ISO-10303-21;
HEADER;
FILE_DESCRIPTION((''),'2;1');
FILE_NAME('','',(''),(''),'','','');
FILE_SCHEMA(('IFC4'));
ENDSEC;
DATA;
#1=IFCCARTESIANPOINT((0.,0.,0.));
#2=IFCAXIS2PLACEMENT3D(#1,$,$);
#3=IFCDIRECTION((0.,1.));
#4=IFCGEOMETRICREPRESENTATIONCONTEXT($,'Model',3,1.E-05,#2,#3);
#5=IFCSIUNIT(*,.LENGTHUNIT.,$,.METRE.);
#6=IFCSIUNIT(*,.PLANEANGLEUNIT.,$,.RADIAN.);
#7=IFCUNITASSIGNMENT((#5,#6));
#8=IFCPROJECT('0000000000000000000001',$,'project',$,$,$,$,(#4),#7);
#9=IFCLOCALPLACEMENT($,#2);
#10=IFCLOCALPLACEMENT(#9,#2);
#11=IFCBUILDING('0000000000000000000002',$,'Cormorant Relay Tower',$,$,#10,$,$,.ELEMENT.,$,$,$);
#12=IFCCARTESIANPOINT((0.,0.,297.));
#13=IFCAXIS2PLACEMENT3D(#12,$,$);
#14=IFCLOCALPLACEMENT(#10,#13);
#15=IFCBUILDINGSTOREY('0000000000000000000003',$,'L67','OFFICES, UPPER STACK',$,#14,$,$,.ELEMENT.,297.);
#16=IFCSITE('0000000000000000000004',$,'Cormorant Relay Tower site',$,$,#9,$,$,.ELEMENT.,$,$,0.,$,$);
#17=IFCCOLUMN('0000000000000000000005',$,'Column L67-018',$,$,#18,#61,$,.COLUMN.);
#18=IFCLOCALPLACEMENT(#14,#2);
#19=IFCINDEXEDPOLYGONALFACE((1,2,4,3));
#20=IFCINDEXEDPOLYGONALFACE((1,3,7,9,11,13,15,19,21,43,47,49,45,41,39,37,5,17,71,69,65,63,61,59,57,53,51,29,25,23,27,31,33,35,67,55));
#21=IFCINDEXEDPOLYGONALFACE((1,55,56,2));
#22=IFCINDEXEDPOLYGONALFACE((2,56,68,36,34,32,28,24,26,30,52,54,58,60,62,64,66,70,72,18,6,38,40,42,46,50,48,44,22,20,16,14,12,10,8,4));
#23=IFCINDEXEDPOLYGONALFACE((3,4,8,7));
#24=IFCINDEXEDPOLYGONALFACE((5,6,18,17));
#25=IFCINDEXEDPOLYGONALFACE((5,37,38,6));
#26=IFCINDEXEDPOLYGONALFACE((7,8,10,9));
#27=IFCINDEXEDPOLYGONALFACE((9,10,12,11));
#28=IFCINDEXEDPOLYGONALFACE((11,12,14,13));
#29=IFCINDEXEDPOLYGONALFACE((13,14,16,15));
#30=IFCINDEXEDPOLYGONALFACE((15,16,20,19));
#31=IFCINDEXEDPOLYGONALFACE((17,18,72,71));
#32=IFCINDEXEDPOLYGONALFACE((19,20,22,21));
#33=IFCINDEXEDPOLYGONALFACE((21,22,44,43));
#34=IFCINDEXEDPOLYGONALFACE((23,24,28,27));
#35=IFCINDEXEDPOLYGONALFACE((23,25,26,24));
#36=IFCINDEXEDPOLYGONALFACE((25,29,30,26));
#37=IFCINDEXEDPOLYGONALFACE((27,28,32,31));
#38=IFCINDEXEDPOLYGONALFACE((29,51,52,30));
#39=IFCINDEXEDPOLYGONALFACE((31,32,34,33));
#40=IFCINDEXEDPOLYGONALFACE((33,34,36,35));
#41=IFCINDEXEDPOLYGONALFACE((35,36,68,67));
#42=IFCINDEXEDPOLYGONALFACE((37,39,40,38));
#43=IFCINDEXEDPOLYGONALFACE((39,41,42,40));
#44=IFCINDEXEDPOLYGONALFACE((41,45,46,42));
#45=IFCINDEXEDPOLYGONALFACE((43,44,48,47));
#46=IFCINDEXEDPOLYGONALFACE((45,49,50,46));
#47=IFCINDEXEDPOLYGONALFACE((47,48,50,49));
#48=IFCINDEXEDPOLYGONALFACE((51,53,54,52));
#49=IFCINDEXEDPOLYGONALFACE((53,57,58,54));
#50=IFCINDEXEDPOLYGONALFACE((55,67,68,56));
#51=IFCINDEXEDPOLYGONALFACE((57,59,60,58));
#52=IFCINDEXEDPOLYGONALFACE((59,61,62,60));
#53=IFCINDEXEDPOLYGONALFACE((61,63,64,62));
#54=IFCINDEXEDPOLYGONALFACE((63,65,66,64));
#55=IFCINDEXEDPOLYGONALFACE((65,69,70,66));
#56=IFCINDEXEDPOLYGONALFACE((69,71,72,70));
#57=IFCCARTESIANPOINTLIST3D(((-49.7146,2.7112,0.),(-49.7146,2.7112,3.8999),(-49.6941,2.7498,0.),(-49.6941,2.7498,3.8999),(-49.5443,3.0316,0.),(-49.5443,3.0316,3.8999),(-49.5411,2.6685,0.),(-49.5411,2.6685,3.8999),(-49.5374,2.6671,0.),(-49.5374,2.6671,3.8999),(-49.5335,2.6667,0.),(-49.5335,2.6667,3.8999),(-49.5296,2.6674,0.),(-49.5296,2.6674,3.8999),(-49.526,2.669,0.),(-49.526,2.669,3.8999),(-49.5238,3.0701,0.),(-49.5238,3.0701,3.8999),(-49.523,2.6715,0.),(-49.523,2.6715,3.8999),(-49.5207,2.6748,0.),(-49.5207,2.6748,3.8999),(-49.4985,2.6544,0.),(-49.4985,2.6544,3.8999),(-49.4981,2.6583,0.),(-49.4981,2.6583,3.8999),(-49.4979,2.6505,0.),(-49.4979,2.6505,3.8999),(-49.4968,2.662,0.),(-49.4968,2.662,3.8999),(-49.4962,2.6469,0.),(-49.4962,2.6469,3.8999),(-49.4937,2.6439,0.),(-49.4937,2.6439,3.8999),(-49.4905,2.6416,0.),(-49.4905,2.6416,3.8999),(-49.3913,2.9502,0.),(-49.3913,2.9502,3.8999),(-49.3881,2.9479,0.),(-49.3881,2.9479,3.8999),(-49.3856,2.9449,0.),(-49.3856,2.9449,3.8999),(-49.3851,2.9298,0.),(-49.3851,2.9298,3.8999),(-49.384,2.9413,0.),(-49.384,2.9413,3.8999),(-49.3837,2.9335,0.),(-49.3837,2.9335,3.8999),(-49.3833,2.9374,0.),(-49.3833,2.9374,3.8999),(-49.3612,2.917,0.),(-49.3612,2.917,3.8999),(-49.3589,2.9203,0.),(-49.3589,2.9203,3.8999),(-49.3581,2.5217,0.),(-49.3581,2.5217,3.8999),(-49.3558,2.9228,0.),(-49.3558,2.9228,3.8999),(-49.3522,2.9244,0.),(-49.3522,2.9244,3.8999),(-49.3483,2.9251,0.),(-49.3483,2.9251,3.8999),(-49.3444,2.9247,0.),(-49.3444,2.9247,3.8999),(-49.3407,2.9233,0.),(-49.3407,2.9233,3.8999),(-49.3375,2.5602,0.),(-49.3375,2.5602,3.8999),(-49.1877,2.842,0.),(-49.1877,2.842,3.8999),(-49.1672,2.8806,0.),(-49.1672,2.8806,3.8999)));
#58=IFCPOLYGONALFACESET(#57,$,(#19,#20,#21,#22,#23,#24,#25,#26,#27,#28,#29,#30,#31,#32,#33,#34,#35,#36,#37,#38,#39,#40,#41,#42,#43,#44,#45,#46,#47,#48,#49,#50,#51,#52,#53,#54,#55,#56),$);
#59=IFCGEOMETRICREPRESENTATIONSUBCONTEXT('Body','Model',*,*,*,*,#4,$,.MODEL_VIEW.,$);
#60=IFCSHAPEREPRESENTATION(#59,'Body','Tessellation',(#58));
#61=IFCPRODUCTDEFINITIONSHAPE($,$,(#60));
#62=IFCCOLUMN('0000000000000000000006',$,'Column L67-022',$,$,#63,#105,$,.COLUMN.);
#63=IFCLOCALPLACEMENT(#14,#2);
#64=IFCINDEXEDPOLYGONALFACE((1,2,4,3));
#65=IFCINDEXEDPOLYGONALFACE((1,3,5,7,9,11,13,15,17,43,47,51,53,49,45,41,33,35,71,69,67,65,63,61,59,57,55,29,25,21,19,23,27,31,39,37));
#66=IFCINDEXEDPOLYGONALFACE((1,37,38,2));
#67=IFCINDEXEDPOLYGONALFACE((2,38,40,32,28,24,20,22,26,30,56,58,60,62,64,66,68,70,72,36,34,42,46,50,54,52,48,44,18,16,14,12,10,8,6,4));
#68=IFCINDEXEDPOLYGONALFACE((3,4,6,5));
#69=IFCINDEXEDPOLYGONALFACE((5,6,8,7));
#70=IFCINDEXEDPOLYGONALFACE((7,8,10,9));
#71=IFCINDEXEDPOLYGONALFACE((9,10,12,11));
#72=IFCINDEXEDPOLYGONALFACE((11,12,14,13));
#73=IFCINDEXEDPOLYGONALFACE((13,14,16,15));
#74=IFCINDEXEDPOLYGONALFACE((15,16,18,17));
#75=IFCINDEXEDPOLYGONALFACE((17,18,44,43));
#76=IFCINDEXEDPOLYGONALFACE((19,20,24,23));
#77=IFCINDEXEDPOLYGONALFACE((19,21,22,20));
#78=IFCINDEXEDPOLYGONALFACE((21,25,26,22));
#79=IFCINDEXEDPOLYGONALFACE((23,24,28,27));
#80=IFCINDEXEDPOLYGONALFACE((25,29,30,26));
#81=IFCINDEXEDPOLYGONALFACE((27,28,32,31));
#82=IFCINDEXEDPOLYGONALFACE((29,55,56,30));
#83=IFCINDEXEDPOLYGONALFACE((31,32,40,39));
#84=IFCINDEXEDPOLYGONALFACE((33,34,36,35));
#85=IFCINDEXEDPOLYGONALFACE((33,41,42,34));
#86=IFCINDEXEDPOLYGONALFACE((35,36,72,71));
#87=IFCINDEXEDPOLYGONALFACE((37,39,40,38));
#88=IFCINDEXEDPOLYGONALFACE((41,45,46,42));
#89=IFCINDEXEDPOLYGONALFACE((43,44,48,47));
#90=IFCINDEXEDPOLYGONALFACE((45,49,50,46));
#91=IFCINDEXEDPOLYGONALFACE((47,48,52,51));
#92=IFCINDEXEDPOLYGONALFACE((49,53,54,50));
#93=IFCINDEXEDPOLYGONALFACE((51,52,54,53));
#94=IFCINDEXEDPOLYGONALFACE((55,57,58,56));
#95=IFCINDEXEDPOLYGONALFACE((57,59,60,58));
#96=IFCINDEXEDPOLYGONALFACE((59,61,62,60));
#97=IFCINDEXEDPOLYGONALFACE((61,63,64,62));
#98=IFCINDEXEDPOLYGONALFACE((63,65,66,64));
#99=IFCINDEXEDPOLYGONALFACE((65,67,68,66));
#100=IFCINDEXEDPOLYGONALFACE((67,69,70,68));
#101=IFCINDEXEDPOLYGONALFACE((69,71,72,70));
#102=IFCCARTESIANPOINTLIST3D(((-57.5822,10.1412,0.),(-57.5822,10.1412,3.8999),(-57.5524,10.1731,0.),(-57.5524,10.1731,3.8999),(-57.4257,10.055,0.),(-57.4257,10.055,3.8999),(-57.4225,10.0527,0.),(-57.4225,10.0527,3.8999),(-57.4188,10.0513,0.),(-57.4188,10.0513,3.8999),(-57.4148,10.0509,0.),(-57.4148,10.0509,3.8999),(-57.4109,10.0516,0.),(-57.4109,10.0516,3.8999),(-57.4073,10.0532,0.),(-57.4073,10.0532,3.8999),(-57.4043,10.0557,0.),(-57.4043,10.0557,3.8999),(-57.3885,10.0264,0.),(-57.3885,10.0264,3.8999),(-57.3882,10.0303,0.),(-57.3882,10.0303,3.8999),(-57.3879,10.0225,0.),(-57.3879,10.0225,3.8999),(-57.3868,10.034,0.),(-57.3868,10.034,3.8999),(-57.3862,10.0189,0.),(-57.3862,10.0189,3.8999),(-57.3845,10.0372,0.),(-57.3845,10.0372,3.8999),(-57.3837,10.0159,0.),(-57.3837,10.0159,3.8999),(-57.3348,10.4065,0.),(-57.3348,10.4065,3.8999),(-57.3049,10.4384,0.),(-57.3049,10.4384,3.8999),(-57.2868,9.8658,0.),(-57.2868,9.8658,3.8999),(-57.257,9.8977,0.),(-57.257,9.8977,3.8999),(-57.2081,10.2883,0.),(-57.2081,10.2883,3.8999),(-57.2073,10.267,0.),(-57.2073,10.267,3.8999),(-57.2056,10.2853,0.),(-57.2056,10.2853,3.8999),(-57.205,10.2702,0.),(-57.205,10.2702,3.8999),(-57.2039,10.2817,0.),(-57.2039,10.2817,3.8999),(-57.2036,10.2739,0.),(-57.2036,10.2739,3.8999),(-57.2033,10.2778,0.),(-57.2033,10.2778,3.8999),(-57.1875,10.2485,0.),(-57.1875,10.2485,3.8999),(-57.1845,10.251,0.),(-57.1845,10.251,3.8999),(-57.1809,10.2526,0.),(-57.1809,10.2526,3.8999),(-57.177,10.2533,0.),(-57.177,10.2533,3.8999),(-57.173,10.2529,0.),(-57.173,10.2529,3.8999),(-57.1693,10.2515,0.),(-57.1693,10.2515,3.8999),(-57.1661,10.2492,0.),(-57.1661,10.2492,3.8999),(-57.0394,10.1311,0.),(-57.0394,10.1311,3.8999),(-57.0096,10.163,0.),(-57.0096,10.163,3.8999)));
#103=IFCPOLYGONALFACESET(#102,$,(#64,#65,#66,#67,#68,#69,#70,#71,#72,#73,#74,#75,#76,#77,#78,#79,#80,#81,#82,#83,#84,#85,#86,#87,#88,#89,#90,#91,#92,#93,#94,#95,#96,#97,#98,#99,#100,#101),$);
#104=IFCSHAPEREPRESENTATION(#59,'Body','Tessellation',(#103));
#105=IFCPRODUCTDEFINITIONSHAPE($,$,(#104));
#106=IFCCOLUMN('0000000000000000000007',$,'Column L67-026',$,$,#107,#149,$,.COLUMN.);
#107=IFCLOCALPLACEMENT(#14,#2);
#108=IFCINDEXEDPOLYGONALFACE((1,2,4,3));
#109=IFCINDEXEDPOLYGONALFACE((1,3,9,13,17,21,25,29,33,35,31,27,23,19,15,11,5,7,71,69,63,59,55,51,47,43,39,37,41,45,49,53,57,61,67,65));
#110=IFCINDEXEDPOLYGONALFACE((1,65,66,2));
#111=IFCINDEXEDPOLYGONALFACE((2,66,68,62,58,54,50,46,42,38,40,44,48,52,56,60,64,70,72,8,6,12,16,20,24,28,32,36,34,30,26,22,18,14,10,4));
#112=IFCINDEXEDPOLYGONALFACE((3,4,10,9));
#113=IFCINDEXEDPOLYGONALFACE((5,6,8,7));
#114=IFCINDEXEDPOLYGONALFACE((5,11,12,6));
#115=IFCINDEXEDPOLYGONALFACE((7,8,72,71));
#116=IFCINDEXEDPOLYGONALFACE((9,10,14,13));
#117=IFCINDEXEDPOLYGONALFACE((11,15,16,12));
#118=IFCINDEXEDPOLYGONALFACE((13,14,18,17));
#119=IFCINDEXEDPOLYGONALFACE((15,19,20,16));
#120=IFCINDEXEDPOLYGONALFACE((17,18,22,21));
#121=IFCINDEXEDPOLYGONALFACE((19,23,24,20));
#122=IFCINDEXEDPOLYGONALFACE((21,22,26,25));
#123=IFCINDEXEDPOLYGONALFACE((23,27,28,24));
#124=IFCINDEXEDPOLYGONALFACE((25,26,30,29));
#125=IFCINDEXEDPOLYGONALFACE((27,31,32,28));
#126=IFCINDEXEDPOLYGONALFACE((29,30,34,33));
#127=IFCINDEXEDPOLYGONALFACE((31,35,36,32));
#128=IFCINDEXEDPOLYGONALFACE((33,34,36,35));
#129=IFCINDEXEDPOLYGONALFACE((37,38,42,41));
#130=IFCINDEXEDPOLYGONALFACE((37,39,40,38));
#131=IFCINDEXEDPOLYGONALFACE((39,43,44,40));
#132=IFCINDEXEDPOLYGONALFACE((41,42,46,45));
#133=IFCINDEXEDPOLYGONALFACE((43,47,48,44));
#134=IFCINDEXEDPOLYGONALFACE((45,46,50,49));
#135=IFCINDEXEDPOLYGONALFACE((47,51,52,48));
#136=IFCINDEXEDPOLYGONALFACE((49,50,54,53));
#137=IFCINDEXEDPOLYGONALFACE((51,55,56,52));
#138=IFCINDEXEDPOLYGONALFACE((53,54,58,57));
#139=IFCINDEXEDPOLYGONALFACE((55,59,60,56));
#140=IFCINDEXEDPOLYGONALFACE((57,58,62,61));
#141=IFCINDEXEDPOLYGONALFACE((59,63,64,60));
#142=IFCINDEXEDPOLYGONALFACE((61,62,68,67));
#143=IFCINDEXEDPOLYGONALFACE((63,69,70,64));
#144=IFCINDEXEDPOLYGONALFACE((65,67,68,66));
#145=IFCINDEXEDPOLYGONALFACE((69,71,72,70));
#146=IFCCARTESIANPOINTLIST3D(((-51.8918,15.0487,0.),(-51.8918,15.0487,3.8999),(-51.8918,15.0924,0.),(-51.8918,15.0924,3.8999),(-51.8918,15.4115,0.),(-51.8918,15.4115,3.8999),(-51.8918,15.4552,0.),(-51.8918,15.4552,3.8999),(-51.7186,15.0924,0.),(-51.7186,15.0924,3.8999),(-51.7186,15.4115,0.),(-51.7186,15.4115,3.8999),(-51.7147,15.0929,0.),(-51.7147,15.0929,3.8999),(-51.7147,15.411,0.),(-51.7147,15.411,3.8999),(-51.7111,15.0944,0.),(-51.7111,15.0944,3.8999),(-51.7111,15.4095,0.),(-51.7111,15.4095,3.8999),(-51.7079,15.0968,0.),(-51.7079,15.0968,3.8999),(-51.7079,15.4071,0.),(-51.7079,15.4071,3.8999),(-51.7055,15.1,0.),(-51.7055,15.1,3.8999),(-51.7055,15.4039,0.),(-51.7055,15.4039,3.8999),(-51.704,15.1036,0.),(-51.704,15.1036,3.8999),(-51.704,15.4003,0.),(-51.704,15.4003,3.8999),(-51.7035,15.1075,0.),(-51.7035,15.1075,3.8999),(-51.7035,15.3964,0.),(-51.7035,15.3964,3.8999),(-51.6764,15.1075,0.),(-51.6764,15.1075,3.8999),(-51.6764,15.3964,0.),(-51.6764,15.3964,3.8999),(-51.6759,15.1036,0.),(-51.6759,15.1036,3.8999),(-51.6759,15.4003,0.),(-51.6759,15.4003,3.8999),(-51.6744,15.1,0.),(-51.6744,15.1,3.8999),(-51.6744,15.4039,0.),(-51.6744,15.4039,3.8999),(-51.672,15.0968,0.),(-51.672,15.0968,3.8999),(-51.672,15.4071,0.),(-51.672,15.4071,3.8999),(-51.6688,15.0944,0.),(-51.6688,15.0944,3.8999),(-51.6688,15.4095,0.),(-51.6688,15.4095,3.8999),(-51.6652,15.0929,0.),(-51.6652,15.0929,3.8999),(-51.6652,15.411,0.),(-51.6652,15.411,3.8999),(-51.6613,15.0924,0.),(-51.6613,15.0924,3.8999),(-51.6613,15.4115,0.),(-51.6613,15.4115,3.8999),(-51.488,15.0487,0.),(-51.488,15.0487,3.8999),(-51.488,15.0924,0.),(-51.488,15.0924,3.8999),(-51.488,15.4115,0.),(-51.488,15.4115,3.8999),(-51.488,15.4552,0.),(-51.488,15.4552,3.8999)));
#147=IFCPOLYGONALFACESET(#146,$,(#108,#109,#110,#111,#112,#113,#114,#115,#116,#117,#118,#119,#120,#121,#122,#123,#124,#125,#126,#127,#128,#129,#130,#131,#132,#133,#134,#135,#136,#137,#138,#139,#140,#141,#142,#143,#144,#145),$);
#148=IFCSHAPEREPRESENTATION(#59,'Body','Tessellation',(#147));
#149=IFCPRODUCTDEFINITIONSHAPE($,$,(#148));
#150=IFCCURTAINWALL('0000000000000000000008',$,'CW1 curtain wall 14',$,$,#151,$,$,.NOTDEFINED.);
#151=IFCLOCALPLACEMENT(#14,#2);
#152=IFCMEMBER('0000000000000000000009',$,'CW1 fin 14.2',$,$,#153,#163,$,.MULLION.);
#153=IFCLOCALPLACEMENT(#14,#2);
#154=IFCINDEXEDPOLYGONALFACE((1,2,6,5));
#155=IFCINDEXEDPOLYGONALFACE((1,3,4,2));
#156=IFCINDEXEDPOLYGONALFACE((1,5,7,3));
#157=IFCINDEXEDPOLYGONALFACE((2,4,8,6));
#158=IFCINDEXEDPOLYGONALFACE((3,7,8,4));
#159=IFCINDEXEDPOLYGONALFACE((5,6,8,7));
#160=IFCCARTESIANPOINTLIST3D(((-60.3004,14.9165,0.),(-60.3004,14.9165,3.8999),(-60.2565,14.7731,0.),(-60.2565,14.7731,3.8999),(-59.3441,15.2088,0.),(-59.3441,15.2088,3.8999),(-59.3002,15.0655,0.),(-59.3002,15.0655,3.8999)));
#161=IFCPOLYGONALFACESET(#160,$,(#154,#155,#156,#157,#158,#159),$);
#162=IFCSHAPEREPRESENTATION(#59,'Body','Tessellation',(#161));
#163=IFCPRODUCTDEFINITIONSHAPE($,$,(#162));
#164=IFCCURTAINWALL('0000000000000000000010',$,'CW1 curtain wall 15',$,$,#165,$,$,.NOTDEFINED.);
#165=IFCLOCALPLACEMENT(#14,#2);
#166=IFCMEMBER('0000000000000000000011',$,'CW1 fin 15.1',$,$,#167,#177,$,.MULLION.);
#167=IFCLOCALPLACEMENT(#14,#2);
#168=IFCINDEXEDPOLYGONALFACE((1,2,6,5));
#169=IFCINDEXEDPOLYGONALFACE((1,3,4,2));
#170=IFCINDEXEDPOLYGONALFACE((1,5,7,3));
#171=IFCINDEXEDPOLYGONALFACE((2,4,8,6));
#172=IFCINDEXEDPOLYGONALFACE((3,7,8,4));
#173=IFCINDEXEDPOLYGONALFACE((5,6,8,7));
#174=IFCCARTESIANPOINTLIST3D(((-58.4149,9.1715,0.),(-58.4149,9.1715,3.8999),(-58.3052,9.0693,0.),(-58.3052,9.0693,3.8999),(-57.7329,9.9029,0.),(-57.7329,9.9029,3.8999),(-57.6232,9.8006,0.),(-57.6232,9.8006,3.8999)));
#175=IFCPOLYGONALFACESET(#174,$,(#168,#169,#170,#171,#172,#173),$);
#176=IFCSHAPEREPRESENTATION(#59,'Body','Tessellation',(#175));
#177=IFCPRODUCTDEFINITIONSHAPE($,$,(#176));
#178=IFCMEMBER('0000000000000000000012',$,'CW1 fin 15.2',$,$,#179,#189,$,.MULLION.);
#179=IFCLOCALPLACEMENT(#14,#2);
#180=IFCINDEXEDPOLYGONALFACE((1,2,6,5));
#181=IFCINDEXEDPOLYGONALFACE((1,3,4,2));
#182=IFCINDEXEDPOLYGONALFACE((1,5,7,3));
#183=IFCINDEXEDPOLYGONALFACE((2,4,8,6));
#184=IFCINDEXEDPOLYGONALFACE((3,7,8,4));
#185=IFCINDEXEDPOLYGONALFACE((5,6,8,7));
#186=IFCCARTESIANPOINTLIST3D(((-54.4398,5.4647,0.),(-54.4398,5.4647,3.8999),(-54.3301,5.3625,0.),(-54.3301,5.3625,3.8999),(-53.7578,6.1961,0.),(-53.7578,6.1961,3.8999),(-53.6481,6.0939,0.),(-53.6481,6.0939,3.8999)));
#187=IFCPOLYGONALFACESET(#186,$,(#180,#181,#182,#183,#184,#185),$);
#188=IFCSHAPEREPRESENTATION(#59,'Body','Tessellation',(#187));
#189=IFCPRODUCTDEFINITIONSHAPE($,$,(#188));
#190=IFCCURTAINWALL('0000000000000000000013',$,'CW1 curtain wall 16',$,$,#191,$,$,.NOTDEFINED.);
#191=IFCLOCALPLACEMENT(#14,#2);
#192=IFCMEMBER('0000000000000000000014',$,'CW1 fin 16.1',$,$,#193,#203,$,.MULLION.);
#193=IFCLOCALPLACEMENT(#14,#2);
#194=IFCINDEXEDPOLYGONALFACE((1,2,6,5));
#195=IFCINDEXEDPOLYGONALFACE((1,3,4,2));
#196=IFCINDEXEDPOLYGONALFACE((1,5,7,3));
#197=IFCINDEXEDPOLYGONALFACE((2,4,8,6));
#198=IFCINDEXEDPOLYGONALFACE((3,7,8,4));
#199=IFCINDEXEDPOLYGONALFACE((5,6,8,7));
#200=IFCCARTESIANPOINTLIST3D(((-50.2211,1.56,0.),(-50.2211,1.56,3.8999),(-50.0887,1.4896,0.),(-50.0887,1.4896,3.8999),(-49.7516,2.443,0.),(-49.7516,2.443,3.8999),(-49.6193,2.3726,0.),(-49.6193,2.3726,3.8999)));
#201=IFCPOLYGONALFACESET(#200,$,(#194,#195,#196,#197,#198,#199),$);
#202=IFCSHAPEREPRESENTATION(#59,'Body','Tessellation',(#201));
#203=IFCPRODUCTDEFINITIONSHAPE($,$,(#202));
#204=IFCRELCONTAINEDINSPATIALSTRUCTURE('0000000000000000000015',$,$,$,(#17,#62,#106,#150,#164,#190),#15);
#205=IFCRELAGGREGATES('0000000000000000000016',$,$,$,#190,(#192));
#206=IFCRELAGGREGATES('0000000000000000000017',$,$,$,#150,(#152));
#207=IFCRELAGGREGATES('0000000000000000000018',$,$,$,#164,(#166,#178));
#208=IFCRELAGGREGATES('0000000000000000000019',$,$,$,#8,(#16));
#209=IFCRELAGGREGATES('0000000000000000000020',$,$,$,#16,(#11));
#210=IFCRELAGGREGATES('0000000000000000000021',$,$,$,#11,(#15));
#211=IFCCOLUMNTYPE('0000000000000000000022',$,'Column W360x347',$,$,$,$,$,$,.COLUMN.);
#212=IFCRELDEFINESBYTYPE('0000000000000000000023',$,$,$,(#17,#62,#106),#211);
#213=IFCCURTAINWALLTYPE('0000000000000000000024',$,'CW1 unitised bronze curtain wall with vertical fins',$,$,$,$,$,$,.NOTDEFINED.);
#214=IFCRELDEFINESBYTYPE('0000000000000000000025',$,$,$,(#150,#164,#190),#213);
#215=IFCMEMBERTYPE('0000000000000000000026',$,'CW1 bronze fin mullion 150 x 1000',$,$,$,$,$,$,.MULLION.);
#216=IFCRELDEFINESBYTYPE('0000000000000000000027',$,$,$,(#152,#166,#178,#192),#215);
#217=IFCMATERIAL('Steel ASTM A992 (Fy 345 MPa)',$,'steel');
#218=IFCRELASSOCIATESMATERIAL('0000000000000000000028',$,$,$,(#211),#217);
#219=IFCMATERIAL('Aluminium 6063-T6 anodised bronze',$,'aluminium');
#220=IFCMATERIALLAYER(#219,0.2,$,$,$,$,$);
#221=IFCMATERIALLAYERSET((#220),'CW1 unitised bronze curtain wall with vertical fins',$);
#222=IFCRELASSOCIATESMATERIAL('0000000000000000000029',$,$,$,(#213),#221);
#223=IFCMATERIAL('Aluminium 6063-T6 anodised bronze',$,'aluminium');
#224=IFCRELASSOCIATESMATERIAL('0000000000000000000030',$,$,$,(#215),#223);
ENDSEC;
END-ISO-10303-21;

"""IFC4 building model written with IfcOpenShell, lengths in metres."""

from ifc_helpers import new_model, si_unit, direction, frame, origin, origin_2d, place, context, subcontext, project, spatial, rectangle, i_section, extrude, material, layer, layer_set, material_profile, profile_set, type_object, element, aggregate, save


model = new_model("IFC4")

# Units and contexts
model_context = context("Model", 3, precision=1e-05, world=origin(), true_north=direction((0.0, 1.0)))
body_context = subcontext(model_context, "Body", "Model", "MODEL_VIEW")
ifc_project = project(units=[si_unit("LENGTHUNIT", "METRE"), si_unit("PLANEANGLEUNIT", "RADIAN")], contexts=[model_context])

# Site, building, storey
site_placement = place(None, origin())
site = spatial("IfcSite", under=ifc_project, at=site_placement, Name="Cormorant Relay Tower site", CompositionType="ELEMENT", RefElevation=0.0)
building_placement = place(site_placement, origin())
building = spatial("IfcBuilding", under=site, at=building_placement, Name="Cormorant Relay Tower", CompositionType="ELEMENT")
storey_placement = place(building_placement, frame((0.0, 0.0, 297.0)))
storey = spatial("IfcBuildingStorey", under=building, at=storey_placement, Name="L67", Description="OFFICES, UPPER STACK", CompositionType="ELEMENT", Elevation=297.0)

# Columns
ifc_material_1 = material(Name="Steel ASTM A992 (Fy 345 MPa)", Category="steel")
ifc_material_profile_1 = material_profile(ifc_material_1, i_section(OverallWidth=0.4038, OverallDepth=0.4065, WebThickness=0.0271, FlangeThickness=0.0437, FilletRadius=0.0151, at=origin_2d()), Name="W360x347")
ifc_profile_set_1 = profile_set([ifc_material_profile_1], Name="Steel ASTM A992 (Fy 345 MPa)")
column_type = type_object("IfcColumnType", Name="Column W360x347", PredefinedType="COLUMN", material=ifc_profile_set_1)
for number, where, z_axis, x_axis, name in (
    (1, (-49.4409, 2.7959, 0.0), (0.0, 0.0, 1.0), (0.882948, -0.469472, 0.0), "Column L67-018"),
    (2, (-57.2959, 10.1521, 0.0), (0.0, 0.0, 1.0), (0.731354, -0.681998, 0.0), "Column L67-022"),
    (3, (-51.6899, 15.252, 0.0), (0.0, 0.0, 1.0), (1.0, 0.0, 0.0), "Column L67-026"),
):
    element("IfcColumn", number, at=place(storey_placement, frame(where, z_axis=z_axis, x_axis=x_axis)), inside=storey, type_object=column_type, Name=name, PredefinedType="COLUMN", context=body_context, shape_type="SweptSolid", body=[
        extrude(i_section(OverallWidth=0.4038, OverallDepth=0.4065, WebThickness=0.0271, FlangeThickness=0.0437, FilletRadius=0.0151, at=origin_2d()), origin(), (0.0, 0.0, 1.0), 3.8999),
    ])

# Curtain wall, member
ifc_material_2 = material(Name="Aluminium 6063-T6 anodised bronze", Category="aluminium")
ifc_layer_1 = layer(ifc_material_2, 0.2)
ifc_layer_set_1 = layer_set([ifc_layer_1], Name="CW1 unitised bronze curtain wall with vertical fins")
curtain_wall_type = type_object("IfcCurtainWallType", Name="CW1 unitised bronze curtain wall with vertical fins", PredefinedType="NOTDEFINED", material=ifc_layer_set_1)
curtain_wall_1_placement = place(storey_placement, origin())
curtain_wall_1 = element("IfcCurtainWall", 4, at=curtain_wall_1_placement, inside=storey, type_object=curtain_wall_type, Name="CW1 curtain wall 14", PredefinedType="NOTDEFINED")
ifc_material_3 = material(Name="Aluminium 6063-T6 anodised bronze", Category="aluminium")
ifc_material_profile_2 = material_profile(ifc_material_3, rectangle(XDim=0.1499, YDim=1.0, at=origin_2d()), Name="AL 150x1000")
ifc_profile_set_2 = profile_set([ifc_material_profile_2], Name="Aluminium 6063-T6 anodised bronze")
member_type_1 = type_object("IfcMemberType", Name="CW1 bronze fin mullion 150 x 1000", PredefinedType="MULLION", material=ifc_profile_set_2)
member_1_placement = place(storey_placement, frame((-59.8003, 14.991, 0.0), z_axis=(0.0, 0.0, 1.0), x_axis=(0.292372, -0.956305, 0.0)))
member_1 = element("IfcMember", 5, at=member_1_placement, type_object=member_type_1, Name="CW1 fin 14.2", PredefinedType="MULLION", context=body_context, shape_type="SweptSolid", body=[
    extrude(rectangle(XDim=0.1499, YDim=1.0, at=origin_2d()), origin(), (0.0, 0.0, 1.0), 3.8999),
])

# Curtain wall, members
curtain_wall_2_placement = place(storey_placement, origin())
curtain_wall_2 = element("IfcCurtainWall", 6, at=curtain_wall_2_placement, inside=storey, type_object=curtain_wall_type, Name="CW1 curtain wall 15", PredefinedType="NOTDEFINED")
member_2_placement = place(storey_placement, frame((-58.019, 9.4861, 0.0), z_axis=(0.0, 0.0, 1.0), x_axis=(0.731354, -0.681998, 0.0)))
member_2 = element("IfcMember", 7, at=member_2_placement, type_object=member_type_1, Name="CW1 fin 15.1", PredefinedType="MULLION", context=body_context, shape_type="SweptSolid", body=[
    extrude(rectangle(XDim=0.1499, YDim=1.0, at=origin_2d()), origin(), (0.0, 0.0, 1.0), 3.8999),
])
member_3_placement = place(storey_placement, frame((-54.0439, 5.7793, 0.0), z_axis=(0.0, 0.0, 1.0), x_axis=(0.731354, -0.681998, 0.0)))
member_3 = element("IfcMember", 8, at=member_3_placement, type_object=member_type_1, Name="CW1 fin 15.2", PredefinedType="MULLION", context=body_context, shape_type="SweptSolid", body=[
    extrude(rectangle(XDim=0.1499, YDim=1.0, at=origin_2d()), origin(), (0.0, 0.0, 1.0), 3.8999),
])

# Curtain wall, member
curtain_wall_3_placement = place(storey_placement, origin())
curtain_wall_3 = element("IfcCurtainWall", 9, at=curtain_wall_3_placement, inside=storey, type_object=curtain_wall_type, Name="CW1 curtain wall 16", PredefinedType="NOTDEFINED")
member_4_placement = place(storey_placement, frame((-49.9202, 1.9663, 0.0), z_axis=(0.0, 0.0, 1.0), x_axis=(0.882948, -0.469472, 0.0)))
member_4 = element("IfcMember", 10, at=member_4_placement, type_object=member_type_1, Name="CW1 fin 16.1", PredefinedType="MULLION", context=body_context, shape_type="SweptSolid", body=[
    extrude(rectangle(XDim=0.1499, YDim=1.0, at=origin_2d()), origin(), (0.0, 0.0, 1.0), 3.8999),
])

aggregate(curtain_wall_3, [member_4])

aggregate(curtain_wall_1, [member_1])
aggregate(curtain_wall_2, [member_2, member_3])

save(model, "model.ifc")
